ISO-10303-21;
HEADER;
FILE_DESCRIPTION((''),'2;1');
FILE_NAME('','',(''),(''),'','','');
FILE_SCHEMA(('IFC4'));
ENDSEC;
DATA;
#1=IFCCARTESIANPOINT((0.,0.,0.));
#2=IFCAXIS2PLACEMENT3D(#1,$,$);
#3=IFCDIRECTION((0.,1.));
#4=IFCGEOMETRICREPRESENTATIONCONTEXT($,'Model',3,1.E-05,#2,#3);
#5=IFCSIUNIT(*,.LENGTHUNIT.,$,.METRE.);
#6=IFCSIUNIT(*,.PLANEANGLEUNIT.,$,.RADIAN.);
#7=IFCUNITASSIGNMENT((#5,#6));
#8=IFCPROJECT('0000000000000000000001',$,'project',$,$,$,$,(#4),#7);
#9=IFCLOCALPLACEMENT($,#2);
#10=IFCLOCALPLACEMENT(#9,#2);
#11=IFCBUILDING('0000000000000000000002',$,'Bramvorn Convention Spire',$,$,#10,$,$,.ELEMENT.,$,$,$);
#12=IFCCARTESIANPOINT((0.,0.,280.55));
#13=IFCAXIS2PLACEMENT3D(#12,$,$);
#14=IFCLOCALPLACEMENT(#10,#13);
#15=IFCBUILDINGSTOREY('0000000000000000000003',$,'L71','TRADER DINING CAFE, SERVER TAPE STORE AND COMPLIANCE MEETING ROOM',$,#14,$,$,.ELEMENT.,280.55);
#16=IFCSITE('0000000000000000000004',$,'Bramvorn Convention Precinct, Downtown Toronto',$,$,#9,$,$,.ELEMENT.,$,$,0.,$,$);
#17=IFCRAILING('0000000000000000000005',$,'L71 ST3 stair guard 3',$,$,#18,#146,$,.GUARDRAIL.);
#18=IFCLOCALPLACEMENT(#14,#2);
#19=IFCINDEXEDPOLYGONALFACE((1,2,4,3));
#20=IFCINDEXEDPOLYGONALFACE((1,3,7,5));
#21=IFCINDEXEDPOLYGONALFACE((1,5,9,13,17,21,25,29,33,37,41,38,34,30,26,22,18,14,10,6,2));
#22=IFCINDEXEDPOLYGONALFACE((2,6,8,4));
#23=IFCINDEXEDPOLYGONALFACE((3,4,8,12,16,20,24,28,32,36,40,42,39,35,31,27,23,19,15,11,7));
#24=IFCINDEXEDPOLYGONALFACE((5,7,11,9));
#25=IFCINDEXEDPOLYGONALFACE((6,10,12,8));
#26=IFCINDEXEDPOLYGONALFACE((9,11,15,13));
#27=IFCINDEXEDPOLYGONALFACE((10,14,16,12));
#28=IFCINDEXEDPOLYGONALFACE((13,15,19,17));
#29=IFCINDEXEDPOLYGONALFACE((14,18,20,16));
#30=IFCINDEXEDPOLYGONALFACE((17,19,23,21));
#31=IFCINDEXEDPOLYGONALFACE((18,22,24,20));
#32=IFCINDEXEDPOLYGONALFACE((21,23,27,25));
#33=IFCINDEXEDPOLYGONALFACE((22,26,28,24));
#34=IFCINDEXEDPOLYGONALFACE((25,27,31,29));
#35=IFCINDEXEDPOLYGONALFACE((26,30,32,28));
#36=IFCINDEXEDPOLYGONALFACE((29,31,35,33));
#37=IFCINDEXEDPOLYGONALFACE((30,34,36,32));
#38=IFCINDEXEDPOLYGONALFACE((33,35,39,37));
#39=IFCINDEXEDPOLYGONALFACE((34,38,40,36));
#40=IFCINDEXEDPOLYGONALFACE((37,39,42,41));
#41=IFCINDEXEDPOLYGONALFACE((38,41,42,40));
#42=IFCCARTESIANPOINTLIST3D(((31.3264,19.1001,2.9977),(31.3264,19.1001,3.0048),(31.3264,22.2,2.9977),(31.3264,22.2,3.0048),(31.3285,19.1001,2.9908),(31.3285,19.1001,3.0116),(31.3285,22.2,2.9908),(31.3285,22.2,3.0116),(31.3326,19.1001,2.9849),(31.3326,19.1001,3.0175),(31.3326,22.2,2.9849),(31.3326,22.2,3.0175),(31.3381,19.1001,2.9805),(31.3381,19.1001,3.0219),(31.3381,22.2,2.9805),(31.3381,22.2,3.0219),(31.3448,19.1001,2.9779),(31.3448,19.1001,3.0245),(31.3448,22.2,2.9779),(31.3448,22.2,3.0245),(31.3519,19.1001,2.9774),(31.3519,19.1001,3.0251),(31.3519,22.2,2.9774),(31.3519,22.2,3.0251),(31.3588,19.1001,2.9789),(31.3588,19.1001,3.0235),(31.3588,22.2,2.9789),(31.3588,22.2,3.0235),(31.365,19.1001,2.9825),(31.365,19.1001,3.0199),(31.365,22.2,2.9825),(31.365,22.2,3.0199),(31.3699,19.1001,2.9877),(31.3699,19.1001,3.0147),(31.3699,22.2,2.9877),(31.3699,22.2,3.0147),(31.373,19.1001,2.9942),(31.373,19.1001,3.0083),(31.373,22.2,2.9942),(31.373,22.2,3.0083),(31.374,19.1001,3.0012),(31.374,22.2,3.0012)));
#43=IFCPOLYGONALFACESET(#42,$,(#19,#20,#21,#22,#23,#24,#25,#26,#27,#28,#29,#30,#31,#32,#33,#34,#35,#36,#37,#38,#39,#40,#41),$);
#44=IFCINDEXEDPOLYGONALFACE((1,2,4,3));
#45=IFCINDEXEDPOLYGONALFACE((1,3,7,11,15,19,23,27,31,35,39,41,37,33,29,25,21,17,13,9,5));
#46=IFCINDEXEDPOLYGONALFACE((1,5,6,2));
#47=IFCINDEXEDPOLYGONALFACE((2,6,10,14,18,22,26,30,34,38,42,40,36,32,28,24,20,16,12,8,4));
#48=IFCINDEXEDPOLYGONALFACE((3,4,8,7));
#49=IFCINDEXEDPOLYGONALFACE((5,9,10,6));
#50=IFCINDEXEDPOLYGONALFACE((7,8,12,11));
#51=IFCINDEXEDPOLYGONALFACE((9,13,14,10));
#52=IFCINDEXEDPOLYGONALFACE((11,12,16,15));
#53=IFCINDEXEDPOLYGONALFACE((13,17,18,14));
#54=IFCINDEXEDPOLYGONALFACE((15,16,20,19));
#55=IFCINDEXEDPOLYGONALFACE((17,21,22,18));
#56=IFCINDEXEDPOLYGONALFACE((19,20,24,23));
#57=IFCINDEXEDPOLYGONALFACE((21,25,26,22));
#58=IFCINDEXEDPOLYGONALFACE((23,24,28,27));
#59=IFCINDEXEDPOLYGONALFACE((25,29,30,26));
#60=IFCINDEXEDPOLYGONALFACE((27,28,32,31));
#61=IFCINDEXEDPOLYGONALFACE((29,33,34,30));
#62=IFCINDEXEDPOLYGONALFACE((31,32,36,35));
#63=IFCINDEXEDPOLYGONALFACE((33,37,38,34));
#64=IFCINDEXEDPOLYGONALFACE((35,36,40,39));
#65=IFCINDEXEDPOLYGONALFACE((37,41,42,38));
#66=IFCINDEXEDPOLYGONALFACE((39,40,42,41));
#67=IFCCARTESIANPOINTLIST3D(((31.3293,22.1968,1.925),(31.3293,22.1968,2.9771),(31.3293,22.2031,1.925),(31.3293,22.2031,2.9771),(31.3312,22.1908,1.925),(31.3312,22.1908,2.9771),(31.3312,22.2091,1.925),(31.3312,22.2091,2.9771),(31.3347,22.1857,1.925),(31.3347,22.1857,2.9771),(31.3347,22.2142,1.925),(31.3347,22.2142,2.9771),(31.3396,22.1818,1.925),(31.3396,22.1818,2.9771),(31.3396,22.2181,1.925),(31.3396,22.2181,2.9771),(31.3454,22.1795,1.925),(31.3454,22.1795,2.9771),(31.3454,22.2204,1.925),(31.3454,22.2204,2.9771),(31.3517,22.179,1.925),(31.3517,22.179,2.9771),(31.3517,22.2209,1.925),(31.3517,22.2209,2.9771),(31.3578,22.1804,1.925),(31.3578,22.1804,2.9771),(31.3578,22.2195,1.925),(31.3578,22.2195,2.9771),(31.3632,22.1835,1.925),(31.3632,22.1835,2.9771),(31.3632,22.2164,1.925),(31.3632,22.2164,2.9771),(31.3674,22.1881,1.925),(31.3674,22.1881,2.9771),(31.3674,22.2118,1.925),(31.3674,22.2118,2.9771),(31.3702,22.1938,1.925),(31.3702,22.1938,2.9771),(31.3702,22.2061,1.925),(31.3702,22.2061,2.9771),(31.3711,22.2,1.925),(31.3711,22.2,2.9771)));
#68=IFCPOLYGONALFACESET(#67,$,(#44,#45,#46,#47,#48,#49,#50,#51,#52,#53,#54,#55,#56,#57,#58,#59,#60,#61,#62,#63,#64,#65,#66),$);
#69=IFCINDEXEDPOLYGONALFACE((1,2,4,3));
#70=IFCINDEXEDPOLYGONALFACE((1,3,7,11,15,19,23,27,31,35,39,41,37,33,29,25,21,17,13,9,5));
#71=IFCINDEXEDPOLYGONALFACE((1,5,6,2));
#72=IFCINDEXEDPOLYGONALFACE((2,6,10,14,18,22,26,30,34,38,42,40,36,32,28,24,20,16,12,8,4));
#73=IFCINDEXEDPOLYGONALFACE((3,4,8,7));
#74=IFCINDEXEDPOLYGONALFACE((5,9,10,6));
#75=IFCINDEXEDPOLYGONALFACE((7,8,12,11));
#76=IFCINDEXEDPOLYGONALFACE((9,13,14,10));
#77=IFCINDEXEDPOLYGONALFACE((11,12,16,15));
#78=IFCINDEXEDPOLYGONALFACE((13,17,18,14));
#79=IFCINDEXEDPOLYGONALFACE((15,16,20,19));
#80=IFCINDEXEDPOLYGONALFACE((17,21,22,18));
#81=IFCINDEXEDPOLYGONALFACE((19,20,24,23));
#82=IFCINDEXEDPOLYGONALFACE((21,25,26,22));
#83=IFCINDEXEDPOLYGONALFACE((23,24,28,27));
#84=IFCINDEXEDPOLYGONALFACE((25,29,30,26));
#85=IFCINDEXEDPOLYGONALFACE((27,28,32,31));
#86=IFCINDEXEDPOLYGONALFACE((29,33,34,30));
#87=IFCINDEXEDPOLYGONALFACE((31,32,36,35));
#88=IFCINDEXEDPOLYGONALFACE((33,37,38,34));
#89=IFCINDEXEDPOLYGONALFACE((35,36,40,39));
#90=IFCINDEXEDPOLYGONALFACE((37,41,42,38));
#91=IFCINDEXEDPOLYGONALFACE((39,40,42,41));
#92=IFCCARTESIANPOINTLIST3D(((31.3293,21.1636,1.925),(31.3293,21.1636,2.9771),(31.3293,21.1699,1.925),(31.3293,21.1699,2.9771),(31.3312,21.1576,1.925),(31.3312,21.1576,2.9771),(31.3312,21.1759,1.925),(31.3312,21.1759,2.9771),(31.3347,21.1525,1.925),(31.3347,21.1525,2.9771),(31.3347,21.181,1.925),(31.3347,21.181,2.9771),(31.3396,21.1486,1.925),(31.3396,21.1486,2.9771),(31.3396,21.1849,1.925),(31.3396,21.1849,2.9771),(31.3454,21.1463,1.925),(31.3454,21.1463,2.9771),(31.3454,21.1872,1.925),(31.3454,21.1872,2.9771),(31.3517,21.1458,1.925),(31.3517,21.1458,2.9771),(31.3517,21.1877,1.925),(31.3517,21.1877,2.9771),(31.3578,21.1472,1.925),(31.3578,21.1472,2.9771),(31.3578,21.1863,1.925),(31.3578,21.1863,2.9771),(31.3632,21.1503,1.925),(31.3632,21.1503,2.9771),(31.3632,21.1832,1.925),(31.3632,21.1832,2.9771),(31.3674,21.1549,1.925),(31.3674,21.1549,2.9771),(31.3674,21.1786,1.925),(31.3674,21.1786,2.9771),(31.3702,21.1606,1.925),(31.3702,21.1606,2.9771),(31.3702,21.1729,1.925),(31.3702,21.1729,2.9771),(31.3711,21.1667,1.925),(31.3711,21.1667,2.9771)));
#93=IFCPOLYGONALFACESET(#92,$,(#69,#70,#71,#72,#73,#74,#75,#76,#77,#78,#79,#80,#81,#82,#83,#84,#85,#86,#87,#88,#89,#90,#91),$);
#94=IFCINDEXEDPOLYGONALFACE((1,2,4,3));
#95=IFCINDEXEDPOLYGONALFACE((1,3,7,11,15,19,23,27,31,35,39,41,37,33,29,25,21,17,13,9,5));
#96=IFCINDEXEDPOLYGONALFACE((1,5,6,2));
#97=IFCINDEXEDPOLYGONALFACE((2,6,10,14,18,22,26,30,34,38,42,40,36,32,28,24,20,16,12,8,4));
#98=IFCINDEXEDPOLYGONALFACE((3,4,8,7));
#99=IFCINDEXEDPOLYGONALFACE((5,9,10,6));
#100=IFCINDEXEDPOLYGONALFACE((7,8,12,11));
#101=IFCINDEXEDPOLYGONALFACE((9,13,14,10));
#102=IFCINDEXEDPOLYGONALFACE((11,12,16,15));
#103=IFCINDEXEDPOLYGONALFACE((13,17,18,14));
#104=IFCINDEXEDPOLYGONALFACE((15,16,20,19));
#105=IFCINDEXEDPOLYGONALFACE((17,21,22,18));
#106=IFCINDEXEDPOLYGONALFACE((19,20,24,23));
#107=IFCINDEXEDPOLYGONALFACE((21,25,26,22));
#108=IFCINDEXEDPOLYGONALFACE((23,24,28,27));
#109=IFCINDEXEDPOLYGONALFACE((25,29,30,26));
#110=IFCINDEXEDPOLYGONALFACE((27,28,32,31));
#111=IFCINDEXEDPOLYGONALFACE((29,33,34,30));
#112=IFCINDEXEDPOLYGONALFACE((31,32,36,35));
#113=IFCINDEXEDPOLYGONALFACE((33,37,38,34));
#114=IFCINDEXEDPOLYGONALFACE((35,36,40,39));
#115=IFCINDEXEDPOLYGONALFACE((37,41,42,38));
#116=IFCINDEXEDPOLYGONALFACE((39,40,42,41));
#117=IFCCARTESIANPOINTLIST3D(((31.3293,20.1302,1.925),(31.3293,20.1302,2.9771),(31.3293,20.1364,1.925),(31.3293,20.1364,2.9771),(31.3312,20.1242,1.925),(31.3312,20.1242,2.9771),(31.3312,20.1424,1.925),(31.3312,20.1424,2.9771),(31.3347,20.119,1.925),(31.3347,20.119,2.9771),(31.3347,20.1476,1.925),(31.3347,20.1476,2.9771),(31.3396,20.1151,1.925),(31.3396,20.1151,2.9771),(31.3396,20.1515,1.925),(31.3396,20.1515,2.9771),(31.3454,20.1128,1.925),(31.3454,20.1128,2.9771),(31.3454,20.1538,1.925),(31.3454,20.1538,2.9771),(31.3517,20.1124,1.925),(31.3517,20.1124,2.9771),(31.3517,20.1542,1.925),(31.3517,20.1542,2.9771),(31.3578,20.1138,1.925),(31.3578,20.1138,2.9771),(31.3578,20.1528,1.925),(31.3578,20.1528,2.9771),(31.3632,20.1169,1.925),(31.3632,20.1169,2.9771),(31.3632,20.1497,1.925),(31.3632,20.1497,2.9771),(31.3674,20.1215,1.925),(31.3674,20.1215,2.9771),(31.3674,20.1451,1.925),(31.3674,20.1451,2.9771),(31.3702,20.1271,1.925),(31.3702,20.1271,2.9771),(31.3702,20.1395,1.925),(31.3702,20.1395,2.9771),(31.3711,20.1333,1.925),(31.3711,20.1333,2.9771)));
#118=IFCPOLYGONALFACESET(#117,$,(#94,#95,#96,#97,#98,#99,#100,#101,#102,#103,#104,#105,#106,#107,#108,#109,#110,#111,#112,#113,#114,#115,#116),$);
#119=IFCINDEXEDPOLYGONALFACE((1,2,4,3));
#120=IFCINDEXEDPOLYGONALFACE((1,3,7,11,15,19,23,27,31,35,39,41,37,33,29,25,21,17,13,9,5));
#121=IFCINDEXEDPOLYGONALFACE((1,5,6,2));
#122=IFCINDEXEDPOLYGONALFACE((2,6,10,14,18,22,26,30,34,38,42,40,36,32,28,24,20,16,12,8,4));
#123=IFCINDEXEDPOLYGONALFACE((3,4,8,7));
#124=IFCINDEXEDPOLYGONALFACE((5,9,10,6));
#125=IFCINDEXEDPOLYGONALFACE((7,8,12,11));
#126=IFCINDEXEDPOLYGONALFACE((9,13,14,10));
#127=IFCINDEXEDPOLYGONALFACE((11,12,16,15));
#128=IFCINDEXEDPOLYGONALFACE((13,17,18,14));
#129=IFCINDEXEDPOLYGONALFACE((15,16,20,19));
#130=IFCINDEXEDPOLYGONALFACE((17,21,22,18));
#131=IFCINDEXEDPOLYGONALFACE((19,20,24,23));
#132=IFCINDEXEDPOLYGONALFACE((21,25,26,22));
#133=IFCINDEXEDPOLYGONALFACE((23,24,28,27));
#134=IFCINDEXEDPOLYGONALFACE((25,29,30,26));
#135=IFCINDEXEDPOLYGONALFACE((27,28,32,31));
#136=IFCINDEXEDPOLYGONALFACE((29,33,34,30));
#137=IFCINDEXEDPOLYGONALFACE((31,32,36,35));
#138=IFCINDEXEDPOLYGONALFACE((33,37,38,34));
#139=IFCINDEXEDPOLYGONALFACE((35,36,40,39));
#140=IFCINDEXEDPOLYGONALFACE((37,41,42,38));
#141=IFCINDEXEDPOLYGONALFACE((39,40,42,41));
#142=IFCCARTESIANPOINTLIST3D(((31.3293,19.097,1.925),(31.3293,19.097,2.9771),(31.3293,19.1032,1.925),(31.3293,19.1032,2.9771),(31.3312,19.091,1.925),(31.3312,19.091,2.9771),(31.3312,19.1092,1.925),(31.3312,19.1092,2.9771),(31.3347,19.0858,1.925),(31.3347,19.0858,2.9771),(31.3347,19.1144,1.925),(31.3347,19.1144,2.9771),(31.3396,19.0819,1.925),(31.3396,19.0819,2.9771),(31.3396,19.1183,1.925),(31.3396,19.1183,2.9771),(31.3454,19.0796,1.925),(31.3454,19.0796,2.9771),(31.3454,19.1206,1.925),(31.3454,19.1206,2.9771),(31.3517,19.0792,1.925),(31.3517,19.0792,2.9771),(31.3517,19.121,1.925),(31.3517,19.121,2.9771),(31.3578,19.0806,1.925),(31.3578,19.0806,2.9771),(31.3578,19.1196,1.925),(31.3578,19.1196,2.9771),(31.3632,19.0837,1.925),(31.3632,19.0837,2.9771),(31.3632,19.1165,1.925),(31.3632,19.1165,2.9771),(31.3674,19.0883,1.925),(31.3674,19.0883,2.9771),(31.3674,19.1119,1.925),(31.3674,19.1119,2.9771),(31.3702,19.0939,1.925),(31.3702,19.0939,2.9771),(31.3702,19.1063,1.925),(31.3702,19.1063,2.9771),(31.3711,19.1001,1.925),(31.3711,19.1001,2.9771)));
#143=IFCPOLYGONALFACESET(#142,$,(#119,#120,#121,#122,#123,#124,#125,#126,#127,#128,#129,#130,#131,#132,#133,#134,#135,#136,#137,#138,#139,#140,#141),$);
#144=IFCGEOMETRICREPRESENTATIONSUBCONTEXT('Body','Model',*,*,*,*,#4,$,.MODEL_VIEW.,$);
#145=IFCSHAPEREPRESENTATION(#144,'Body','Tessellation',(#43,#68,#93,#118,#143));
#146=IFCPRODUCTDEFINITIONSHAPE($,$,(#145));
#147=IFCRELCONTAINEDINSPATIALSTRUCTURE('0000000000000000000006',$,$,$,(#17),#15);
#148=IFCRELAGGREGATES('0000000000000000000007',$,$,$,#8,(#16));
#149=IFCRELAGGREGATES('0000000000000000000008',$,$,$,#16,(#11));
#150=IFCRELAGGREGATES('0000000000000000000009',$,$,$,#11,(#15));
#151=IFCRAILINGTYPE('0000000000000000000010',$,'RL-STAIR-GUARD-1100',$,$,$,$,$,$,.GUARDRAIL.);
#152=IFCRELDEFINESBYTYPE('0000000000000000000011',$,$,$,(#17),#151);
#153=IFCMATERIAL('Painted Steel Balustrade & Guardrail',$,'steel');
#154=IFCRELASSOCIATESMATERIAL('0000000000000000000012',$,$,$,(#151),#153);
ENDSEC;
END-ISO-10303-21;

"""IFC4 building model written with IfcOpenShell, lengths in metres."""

from ifc_helpers import new_model, si_unit, direction, frame, origin, origin_2d, place, context, subcontext, project, spatial, circle, extrude, material, type_object, element, save


model = new_model("IFC4")

# Units and contexts
model_context = context("Model", 3, precision=1e-05, world=origin(), true_north=direction((0.0, 1.0)))
body_context = subcontext(model_context, "Body", "Model", "MODEL_VIEW")
ifc_project = project(units=[si_unit("LENGTHUNIT", "METRE"), si_unit("PLANEANGLEUNIT", "RADIAN")], contexts=[model_context])

# Site, building, storey
site_placement = place(None, origin())
site = spatial("IfcSite", under=ifc_project, at=site_placement, Name="Bramvorn Convention Precinct, Downtown Toronto", CompositionType="ELEMENT", RefElevation=0.0)
building_placement = place(site_placement, origin())
building = spatial("IfcBuilding", under=site, at=building_placement, Name="Bramvorn Convention Spire", CompositionType="ELEMENT")
storey_placement = place(building_placement, frame((0.0, 0.0, 280.55)))
storey = spatial("IfcBuildingStorey", under=building, at=storey_placement, Name="L71", Description="TRADER DINING CAFE, SERVER TAPE STORE AND COMPLIANCE MEETING ROOM", CompositionType="ELEMENT", Elevation=280.55)

# Railing
ifc_material_1 = material(Name="Painted Steel Balustrade & Guardrail", Category="steel")
railing_type_1 = type_object("IfcRailingType", Name="RL-STAIR-GUARD-1100", PredefinedType="GUARDRAIL", material=ifc_material_1)
for number, where, name in (
    (1, (31.3501, 22.2, 1.925), "L71 ST3 stair guard 3"),
):
    element("IfcRailing", number, at=place(storey_placement, frame(where)), inside=storey, type_object=railing_type_1, Name=name, PredefinedType="GUARDRAIL", context=body_context, shape_type="SweptSolid", body=[
        extrude(circle(Radius=0.0239, at=origin_2d()), frame((0.0, 0.0, 1.0762), z_axis=(0.0, -1.0, 0.0), x_axis=(1.0, 0.0, 0.0)), (0.0, 0.0, 1.0), 3.0999),
        extrude(circle(Radius=0.021, at=origin_2d()), origin(), (0.0, 0.0, 1.0), 1.052),
        extrude(circle(Radius=0.021, at=origin_2d()), frame((0.0, -1.0332, 0.0)), (0.0, 0.0, 1.0), 1.052),
        extrude(circle(Radius=0.021, at=origin_2d()), frame((0.0, -2.0667, 0.0)), (0.0, 0.0, 1.0), 1.052),
        extrude(circle(Radius=0.021, at=origin_2d()), frame((0.0, -3.0999, 0.0)), (0.0, 0.0, 1.0), 1.052),
    ])

save(model, "model.ifc")
